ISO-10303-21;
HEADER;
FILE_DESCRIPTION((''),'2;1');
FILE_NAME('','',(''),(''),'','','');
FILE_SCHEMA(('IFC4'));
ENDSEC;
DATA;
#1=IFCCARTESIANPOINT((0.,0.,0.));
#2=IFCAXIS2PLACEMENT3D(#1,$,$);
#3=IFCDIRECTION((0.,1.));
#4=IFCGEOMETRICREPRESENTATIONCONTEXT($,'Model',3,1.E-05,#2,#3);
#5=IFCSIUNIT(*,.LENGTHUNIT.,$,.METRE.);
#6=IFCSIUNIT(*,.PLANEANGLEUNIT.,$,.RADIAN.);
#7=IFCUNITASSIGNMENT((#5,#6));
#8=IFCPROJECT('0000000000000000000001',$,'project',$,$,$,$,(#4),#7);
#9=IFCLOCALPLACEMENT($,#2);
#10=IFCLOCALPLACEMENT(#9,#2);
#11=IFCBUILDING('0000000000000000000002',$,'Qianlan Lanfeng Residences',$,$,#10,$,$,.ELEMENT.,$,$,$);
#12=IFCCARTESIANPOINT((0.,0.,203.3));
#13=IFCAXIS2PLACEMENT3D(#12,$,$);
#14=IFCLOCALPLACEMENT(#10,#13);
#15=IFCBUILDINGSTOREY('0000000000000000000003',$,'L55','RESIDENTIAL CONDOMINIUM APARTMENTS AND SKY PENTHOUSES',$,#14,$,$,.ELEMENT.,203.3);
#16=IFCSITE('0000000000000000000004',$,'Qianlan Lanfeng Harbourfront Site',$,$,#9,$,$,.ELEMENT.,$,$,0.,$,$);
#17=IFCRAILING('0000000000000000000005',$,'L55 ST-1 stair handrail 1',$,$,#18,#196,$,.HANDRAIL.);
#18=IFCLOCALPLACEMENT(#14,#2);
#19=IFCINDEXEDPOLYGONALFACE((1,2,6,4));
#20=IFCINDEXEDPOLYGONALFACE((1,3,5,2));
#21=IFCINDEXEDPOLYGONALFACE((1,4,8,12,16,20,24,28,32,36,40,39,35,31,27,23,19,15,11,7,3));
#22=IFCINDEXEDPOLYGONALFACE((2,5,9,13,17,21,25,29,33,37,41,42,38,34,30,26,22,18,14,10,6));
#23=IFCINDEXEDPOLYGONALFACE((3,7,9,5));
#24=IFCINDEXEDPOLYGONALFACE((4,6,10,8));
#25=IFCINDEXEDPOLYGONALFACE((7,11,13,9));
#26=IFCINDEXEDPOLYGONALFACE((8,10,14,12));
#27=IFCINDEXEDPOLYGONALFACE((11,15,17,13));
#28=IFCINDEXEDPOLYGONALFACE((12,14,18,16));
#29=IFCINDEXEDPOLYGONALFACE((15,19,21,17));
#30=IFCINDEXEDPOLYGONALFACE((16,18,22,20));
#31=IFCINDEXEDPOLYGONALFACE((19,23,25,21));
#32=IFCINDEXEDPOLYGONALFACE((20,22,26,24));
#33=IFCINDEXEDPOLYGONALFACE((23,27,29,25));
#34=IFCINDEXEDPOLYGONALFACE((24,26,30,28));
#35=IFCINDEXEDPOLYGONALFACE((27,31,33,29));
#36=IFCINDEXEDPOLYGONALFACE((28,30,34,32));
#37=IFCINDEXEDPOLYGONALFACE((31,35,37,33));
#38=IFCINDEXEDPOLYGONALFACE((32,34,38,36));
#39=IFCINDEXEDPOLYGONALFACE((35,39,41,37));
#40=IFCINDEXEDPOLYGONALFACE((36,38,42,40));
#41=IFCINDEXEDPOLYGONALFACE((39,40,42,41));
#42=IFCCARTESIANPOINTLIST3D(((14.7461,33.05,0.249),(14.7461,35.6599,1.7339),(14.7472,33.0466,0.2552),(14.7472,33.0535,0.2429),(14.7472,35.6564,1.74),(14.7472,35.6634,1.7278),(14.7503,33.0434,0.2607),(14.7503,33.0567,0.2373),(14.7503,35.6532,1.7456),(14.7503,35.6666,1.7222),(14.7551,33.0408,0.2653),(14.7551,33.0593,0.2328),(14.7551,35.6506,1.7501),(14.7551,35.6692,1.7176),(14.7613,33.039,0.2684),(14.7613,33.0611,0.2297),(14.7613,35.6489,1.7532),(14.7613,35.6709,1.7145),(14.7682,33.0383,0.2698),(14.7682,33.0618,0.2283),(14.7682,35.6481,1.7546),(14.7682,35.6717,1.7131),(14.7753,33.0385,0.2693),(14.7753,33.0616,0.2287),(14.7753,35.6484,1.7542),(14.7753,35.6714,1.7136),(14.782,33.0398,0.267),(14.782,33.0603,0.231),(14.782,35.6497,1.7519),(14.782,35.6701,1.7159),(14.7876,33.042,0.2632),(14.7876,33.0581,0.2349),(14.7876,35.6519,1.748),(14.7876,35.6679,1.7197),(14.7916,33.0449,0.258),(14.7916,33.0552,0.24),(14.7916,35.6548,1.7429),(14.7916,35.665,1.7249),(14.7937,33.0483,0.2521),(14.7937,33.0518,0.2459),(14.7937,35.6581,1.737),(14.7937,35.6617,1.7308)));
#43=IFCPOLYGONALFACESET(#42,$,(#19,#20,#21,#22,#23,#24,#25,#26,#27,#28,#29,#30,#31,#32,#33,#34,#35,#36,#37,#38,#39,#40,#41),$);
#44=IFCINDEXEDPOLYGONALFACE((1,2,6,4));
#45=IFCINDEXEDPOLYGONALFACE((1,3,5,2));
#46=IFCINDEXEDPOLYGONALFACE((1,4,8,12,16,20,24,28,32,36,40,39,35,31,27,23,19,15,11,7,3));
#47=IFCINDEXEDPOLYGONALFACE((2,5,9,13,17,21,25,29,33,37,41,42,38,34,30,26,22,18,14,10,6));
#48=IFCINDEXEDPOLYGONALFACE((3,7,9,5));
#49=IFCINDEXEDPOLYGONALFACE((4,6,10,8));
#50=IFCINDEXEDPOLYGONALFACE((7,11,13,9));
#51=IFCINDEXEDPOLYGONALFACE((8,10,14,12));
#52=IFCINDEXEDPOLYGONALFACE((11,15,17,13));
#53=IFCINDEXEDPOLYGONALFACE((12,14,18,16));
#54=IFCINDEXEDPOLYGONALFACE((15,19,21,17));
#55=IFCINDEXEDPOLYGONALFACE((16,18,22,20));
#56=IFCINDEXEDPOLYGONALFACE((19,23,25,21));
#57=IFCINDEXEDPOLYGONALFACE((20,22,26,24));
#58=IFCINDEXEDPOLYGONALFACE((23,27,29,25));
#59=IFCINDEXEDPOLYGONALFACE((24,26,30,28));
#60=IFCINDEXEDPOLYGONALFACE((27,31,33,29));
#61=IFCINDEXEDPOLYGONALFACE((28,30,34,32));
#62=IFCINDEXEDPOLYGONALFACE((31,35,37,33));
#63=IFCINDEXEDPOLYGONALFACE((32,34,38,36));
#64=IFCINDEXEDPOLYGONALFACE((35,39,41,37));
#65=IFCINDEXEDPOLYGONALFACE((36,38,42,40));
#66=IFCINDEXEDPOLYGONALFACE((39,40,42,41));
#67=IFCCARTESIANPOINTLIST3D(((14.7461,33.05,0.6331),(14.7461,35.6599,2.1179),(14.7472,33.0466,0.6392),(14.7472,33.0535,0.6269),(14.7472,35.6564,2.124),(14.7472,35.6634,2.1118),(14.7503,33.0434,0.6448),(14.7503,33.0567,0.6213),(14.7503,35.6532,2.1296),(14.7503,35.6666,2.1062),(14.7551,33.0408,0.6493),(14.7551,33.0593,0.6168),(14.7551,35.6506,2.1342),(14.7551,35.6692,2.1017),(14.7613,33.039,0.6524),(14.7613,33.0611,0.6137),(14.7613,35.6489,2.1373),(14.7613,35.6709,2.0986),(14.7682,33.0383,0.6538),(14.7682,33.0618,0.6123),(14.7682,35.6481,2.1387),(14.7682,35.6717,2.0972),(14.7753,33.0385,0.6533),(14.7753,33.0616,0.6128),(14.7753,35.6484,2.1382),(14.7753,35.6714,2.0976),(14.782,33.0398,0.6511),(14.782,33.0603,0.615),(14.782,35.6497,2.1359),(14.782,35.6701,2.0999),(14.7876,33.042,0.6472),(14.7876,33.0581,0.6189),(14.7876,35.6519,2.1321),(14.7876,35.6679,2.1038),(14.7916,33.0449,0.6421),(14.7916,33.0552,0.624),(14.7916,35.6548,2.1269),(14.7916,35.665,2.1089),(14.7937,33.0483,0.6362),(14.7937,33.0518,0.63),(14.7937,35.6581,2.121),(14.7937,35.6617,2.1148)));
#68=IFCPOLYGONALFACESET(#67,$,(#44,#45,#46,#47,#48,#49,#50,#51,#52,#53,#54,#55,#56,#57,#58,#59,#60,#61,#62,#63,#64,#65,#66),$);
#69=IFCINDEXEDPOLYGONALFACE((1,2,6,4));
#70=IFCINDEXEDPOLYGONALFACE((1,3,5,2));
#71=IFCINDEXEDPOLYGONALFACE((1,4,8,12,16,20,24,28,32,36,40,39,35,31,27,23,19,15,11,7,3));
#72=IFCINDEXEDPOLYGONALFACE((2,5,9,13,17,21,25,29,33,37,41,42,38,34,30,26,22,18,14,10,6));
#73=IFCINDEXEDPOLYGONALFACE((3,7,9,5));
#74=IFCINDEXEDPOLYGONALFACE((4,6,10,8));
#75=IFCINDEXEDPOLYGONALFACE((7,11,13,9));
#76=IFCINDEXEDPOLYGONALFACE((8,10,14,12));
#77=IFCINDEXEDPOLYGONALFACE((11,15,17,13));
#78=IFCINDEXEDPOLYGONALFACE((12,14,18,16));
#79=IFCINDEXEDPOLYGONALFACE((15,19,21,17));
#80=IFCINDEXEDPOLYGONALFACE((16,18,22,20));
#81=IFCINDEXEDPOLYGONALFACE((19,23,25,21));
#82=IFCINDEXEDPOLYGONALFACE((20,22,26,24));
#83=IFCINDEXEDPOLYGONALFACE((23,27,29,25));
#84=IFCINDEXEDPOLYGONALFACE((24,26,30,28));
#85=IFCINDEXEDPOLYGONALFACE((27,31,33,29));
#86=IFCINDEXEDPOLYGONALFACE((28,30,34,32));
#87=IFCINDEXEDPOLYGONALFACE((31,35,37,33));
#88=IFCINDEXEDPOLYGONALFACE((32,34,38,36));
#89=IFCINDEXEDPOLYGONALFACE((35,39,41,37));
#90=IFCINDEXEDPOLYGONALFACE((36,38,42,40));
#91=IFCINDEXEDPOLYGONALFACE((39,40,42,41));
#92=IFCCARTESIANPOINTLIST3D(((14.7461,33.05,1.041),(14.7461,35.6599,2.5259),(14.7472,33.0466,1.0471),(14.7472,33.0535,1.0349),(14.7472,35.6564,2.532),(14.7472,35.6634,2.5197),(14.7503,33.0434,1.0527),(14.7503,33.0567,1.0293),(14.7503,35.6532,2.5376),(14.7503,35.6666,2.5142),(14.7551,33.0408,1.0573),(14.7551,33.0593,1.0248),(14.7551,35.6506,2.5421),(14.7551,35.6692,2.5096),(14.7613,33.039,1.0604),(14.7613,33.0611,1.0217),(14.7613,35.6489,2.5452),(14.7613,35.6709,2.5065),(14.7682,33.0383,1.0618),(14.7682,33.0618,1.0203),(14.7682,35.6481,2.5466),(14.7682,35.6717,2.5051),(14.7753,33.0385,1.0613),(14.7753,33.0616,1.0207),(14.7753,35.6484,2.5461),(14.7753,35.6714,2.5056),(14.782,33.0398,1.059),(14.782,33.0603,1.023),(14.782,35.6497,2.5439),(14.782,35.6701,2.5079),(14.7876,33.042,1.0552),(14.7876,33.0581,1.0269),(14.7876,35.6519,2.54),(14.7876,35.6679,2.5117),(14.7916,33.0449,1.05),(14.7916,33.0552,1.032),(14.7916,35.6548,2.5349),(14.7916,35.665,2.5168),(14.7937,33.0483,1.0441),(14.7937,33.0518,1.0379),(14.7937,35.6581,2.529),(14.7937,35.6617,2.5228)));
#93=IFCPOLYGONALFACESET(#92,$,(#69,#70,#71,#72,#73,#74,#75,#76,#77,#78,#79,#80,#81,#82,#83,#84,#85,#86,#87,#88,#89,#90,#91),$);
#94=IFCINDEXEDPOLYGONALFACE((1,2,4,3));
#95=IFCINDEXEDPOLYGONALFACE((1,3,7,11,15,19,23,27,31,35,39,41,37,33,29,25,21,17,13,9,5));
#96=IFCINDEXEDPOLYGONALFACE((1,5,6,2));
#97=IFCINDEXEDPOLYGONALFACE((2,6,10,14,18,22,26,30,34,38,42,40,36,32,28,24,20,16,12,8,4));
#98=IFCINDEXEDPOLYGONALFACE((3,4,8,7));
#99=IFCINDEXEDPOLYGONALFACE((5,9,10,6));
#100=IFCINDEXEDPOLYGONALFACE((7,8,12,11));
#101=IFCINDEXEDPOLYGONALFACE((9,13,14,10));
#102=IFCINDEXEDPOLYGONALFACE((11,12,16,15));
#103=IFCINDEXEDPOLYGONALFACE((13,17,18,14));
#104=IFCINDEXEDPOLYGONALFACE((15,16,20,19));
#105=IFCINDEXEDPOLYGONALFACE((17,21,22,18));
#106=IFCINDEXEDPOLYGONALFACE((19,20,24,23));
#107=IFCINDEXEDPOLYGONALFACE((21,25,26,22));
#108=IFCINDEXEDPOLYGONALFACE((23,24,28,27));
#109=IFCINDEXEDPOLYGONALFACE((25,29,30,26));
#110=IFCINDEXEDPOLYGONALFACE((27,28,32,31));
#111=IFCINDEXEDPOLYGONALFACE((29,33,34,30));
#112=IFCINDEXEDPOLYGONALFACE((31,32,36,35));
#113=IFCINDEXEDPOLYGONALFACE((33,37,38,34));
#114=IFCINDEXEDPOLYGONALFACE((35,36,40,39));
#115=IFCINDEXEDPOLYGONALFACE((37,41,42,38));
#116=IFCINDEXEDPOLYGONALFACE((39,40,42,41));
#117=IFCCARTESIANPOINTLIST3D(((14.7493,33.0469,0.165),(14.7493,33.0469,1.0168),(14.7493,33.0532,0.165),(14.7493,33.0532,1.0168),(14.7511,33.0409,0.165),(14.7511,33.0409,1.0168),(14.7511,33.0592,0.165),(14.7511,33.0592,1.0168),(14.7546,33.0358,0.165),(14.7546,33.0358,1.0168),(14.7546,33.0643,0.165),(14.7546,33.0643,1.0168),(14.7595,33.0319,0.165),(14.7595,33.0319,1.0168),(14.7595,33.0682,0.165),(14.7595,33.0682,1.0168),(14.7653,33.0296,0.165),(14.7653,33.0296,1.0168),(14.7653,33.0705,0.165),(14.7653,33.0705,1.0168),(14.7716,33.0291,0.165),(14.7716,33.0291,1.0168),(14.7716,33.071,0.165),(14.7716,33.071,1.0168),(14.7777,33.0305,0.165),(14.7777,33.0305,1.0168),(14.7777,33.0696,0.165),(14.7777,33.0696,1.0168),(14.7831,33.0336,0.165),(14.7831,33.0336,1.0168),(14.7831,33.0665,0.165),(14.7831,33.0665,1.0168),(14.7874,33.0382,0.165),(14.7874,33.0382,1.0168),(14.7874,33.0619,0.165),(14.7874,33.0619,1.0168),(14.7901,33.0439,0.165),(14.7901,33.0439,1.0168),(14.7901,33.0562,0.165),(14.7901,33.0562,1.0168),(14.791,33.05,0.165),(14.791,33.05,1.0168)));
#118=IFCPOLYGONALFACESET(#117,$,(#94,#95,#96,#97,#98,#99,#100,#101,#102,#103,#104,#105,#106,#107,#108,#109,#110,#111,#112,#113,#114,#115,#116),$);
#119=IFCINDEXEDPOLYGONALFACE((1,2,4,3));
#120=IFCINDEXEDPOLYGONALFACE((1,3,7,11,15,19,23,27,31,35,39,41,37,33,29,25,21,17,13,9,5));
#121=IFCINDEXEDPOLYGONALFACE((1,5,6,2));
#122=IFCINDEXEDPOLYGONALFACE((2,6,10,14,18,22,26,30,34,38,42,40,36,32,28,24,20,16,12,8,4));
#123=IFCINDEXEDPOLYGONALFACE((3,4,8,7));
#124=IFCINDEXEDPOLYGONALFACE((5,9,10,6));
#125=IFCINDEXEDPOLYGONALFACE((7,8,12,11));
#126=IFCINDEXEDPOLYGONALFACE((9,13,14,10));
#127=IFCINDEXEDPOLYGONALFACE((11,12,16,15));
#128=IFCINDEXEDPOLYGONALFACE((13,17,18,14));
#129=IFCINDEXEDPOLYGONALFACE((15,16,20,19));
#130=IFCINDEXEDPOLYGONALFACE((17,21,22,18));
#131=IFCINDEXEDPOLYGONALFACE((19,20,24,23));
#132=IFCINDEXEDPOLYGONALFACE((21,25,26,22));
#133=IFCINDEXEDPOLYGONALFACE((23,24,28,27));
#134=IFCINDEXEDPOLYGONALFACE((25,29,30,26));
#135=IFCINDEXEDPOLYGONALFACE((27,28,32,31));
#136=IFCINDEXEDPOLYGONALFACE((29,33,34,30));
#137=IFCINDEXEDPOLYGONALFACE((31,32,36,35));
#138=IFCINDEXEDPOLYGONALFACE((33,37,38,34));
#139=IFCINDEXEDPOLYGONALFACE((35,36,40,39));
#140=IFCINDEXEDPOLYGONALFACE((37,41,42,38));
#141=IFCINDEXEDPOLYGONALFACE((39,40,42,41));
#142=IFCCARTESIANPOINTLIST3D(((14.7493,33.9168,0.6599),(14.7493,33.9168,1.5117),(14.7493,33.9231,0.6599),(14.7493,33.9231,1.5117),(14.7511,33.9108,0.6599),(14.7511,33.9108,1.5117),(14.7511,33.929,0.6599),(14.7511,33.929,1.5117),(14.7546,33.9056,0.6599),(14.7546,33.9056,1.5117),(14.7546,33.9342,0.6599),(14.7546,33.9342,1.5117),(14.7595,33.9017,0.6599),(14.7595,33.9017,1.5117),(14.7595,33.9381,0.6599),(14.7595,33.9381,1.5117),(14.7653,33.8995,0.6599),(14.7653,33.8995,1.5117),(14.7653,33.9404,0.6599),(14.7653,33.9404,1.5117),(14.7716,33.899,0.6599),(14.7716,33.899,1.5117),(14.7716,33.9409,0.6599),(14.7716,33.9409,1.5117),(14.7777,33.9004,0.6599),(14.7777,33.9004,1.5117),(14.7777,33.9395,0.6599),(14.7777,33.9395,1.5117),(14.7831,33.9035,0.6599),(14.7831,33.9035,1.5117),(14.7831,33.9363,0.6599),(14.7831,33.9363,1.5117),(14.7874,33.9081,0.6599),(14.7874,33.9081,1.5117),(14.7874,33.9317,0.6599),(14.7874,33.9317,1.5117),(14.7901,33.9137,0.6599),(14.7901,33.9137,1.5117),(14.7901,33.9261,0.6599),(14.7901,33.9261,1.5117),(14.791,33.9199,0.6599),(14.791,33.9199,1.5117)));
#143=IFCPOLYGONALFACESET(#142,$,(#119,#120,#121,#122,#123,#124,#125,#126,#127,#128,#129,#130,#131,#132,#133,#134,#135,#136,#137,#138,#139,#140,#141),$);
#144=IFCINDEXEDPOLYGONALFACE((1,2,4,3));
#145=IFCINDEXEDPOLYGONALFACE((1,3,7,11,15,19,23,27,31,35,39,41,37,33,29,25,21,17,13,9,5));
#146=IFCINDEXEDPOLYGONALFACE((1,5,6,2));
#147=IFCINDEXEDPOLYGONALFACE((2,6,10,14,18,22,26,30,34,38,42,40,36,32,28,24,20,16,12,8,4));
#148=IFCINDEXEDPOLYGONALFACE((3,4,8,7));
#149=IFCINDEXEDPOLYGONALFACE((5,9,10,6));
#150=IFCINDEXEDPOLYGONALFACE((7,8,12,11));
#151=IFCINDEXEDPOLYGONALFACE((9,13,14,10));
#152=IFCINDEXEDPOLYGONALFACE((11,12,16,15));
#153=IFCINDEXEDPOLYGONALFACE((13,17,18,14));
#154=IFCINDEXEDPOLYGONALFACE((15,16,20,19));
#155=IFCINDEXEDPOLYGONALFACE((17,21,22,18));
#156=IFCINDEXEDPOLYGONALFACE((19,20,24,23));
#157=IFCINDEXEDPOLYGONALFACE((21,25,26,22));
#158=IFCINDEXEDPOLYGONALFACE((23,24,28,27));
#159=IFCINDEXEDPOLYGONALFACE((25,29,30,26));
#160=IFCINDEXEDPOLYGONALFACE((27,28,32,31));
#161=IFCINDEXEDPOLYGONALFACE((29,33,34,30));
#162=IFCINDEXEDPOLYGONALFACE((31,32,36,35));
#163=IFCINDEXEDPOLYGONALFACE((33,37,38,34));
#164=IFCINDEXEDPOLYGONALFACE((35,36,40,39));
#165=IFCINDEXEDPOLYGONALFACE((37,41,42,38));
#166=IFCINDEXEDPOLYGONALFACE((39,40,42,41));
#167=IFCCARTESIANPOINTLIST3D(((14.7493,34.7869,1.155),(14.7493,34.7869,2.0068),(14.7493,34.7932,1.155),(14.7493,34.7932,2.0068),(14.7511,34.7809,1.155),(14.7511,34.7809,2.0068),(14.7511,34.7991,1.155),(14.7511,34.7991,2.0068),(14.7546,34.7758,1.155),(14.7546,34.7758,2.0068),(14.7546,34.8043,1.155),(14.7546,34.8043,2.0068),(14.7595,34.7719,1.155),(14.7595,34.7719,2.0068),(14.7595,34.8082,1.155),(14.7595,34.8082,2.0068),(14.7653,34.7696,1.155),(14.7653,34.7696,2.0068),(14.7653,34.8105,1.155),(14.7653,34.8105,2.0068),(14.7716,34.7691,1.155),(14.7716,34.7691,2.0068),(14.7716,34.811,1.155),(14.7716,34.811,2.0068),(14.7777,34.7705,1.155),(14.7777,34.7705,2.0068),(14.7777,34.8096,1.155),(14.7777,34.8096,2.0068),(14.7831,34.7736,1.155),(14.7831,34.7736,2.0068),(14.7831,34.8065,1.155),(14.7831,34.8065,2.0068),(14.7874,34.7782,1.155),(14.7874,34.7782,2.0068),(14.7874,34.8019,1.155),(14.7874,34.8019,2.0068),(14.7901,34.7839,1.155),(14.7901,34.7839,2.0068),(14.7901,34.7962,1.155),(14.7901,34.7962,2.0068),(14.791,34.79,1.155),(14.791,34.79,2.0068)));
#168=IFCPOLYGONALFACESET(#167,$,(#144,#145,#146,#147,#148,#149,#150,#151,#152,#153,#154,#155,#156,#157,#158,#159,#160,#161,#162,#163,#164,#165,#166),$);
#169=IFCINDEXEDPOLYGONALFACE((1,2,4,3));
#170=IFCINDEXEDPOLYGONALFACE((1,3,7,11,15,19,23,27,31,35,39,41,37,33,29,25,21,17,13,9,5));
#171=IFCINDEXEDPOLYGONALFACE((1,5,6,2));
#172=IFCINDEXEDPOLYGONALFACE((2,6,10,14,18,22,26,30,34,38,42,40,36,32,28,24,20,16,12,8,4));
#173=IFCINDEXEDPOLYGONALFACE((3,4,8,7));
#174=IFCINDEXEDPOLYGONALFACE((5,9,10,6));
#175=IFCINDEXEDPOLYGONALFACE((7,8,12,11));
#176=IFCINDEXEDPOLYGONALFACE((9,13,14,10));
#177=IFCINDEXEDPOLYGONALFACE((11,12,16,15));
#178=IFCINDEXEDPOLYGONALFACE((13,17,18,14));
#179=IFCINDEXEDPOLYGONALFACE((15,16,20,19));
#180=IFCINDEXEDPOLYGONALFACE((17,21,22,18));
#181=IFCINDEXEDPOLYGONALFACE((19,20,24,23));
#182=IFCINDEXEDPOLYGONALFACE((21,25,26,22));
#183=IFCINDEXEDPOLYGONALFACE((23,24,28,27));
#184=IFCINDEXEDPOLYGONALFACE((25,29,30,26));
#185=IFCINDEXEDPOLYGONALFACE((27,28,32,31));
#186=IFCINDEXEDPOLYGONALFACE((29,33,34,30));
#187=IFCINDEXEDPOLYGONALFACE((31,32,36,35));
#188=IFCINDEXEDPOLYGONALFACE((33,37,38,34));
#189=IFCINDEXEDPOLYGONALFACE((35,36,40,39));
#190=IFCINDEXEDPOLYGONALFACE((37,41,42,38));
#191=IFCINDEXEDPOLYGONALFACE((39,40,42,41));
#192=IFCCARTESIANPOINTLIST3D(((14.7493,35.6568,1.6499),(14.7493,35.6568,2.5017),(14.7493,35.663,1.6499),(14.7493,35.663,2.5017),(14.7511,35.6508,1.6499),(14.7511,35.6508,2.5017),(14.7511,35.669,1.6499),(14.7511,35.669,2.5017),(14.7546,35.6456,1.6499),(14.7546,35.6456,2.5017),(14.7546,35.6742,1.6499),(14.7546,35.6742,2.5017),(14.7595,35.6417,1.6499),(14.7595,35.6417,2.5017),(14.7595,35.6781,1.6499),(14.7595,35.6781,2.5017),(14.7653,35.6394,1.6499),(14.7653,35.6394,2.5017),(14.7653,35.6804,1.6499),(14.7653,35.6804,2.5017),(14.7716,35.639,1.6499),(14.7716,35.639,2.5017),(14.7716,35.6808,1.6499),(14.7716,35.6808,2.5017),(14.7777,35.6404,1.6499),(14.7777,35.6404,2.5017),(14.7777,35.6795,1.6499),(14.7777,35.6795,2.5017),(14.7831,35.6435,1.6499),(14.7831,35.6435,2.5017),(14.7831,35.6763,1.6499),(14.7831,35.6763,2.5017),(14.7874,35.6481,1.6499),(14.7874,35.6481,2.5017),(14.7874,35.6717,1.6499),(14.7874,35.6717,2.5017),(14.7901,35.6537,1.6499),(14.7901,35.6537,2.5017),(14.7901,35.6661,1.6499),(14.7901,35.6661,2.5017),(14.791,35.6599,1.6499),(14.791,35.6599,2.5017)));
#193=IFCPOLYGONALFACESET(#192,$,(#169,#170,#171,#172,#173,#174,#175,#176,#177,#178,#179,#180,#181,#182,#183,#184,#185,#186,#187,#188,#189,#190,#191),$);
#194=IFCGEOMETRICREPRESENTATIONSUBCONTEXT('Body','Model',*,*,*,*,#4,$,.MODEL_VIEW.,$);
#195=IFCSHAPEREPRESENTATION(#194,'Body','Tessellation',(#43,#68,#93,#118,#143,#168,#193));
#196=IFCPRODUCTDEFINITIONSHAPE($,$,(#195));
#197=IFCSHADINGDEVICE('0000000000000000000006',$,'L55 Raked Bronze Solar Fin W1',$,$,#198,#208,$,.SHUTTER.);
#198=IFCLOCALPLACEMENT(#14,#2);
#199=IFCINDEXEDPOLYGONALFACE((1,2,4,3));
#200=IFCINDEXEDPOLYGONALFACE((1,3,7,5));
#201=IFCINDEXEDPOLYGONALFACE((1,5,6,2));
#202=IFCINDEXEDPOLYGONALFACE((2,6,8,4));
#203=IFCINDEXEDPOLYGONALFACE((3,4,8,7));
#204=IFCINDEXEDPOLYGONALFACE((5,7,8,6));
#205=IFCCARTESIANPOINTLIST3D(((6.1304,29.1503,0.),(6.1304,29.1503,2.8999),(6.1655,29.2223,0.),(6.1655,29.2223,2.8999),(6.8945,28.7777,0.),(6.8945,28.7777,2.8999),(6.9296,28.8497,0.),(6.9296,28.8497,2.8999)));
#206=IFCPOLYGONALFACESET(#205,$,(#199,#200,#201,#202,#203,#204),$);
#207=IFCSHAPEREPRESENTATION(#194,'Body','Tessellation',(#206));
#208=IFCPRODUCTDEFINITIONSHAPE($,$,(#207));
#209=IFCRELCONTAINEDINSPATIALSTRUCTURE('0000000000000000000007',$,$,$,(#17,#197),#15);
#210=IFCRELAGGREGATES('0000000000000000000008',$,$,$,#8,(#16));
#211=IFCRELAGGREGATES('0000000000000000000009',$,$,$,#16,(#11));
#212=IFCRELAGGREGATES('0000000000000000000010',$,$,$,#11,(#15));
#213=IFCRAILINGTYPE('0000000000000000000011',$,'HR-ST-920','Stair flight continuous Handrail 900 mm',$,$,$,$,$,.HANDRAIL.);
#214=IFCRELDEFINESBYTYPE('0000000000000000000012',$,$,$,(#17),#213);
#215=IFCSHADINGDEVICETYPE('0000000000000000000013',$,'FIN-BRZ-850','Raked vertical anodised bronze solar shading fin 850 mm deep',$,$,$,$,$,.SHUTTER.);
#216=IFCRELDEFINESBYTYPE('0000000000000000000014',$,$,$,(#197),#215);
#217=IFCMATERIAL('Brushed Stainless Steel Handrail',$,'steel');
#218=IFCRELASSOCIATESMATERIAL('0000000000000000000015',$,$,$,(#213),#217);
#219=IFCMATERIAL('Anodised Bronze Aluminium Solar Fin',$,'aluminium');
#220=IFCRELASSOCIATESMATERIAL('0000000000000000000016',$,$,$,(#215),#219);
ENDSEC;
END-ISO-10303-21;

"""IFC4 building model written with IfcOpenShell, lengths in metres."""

from ifc_helpers import new_model, si_unit, direction, frame, origin, origin_2d, place, context, subcontext, project, spatial, rectangle, circle, extrude, source, transform, mapped, material, type_object, element, save


model = new_model("IFC4")

# Units and contexts
model_context = context("Model", 3, precision=1e-05, world=origin(), true_north=direction((0.0, 1.0)))
body_context = subcontext(model_context, "Body", "Model", "MODEL_VIEW")
ifc_project = project(units=[si_unit("LENGTHUNIT", "METRE"), si_unit("PLANEANGLEUNIT", "RADIAN")], contexts=[model_context])

# Site, building, storey
site_placement = place(None, origin())
site = spatial("IfcSite", under=ifc_project, at=site_placement, Name="Qianlan Lanfeng Harbourfront Site", CompositionType="ELEMENT", RefElevation=0.0)
building_placement = place(site_placement, origin())
building = spatial("IfcBuilding", under=site, at=building_placement, Name="Qianlan Lanfeng Residences", CompositionType="ELEMENT")
storey_placement = place(building_placement, frame((0.0, 0.0, 203.3)))
storey = spatial("IfcBuildingStorey", under=building, at=storey_placement, Name="L55", Description="RESIDENTIAL CONDOMINIUM APARTMENTS AND SKY PENTHOUSES", CompositionType="ELEMENT", Elevation=203.3)

# Railing
ifc_material_1 = material(Name="Brushed Stainless Steel Handrail", Category="steel")
railing_type_1 = type_object("IfcRailingType", Name="HR-ST-920", Description="Stair flight continuous Handrail 900 mm", PredefinedType="HANDRAIL", material=ifc_material_1)
railing_1_placement = place(storey_placement, frame((14.77, 33.05, 0.165)))
element("IfcRailing", 1, at=railing_1_placement, inside=storey, type_object=railing_type_1, Name="L55 ST-1 stair handrail 1", PredefinedType="HANDRAIL", context=body_context, shape_type="SweptSolid", body=[
    extrude(circle(Radius=0.0239, at=origin_2d()), frame((0.0, 0.0, 0.084), z_axis=(0.0, 0.869172, 0.494509), x_axis=(-1.0, 0.0, 0.0)), (0.0, 0.0, 1.0), 3.0027),
    extrude(circle(Radius=0.0239, at=origin_2d()), frame((0.0, 0.0, 0.468), z_axis=(0.0, 0.869172, 0.494509), x_axis=(-1.0, 0.0, 0.0)), (0.0, 0.0, 1.0), 3.0027),
    extrude(circle(Radius=0.0239, at=origin_2d()), frame((0.0, 0.0, 0.876), z_axis=(0.0, 0.869172, 0.494509), x_axis=(-1.0, 0.0, 0.0)), (0.0, 0.0, 1.0), 3.0027),
    extrude(circle(Radius=0.021, at=origin_2d()), origin(), (0.0, 0.0, 1.0), 0.8518),
    extrude(circle(Radius=0.021, at=origin_2d()), frame((0.0, 0.8699, 0.4949)), (0.0, 0.0, 1.0), 0.8518),
    extrude(circle(Radius=0.021, at=origin_2d()), frame((0.0, 1.74, 0.99)), (0.0, 0.0, 1.0), 0.8518),
    extrude(circle(Radius=0.021, at=origin_2d()), frame((0.0, 2.6099, 1.4849)), (0.0, 0.0, 1.0), 0.8518),
])

# Shading device
ifc_material_2 = material(Name="Anodised Bronze Aluminium Solar Fin", Category="aluminium")
shading_device_type = type_object("IfcShadingDeviceType", Name="FIN-BRZ-850", Description="Raked vertical anodised bronze solar shading fin 850 mm deep", PredefinedType="SHUTTER", material=ifc_material_2)
shared_shape_1 = source(origin(), body_context, "Body", "SweptSolid", [
    extrude(rectangle(XDim=0.8501, YDim=0.0801, at=origin_2d()), origin(), (0.0, 0.0, 1.0), 2.8999),
])
for number, where, z_axis, x_axis, name in (
    (2, (6.53, 29.0, 0.0), (0.0, 0.0, 1.0), (0.898794, -0.438371, 0.0), "L55 Raked Bronze Solar Fin W1"),
):
    element("IfcShadingDevice", number, at=place(storey_placement, frame(where, z_axis=z_axis, x_axis=x_axis)), inside=storey, type_object=shading_device_type, Name=name, PredefinedType="SHUTTER", context=body_context, shape_type="MappedRepresentation", body=[
        mapped(shared_shape_1, transform((0.0, 0.0, 0.0), scale=1.0)),
    ])

save(model, "model.ifc")
